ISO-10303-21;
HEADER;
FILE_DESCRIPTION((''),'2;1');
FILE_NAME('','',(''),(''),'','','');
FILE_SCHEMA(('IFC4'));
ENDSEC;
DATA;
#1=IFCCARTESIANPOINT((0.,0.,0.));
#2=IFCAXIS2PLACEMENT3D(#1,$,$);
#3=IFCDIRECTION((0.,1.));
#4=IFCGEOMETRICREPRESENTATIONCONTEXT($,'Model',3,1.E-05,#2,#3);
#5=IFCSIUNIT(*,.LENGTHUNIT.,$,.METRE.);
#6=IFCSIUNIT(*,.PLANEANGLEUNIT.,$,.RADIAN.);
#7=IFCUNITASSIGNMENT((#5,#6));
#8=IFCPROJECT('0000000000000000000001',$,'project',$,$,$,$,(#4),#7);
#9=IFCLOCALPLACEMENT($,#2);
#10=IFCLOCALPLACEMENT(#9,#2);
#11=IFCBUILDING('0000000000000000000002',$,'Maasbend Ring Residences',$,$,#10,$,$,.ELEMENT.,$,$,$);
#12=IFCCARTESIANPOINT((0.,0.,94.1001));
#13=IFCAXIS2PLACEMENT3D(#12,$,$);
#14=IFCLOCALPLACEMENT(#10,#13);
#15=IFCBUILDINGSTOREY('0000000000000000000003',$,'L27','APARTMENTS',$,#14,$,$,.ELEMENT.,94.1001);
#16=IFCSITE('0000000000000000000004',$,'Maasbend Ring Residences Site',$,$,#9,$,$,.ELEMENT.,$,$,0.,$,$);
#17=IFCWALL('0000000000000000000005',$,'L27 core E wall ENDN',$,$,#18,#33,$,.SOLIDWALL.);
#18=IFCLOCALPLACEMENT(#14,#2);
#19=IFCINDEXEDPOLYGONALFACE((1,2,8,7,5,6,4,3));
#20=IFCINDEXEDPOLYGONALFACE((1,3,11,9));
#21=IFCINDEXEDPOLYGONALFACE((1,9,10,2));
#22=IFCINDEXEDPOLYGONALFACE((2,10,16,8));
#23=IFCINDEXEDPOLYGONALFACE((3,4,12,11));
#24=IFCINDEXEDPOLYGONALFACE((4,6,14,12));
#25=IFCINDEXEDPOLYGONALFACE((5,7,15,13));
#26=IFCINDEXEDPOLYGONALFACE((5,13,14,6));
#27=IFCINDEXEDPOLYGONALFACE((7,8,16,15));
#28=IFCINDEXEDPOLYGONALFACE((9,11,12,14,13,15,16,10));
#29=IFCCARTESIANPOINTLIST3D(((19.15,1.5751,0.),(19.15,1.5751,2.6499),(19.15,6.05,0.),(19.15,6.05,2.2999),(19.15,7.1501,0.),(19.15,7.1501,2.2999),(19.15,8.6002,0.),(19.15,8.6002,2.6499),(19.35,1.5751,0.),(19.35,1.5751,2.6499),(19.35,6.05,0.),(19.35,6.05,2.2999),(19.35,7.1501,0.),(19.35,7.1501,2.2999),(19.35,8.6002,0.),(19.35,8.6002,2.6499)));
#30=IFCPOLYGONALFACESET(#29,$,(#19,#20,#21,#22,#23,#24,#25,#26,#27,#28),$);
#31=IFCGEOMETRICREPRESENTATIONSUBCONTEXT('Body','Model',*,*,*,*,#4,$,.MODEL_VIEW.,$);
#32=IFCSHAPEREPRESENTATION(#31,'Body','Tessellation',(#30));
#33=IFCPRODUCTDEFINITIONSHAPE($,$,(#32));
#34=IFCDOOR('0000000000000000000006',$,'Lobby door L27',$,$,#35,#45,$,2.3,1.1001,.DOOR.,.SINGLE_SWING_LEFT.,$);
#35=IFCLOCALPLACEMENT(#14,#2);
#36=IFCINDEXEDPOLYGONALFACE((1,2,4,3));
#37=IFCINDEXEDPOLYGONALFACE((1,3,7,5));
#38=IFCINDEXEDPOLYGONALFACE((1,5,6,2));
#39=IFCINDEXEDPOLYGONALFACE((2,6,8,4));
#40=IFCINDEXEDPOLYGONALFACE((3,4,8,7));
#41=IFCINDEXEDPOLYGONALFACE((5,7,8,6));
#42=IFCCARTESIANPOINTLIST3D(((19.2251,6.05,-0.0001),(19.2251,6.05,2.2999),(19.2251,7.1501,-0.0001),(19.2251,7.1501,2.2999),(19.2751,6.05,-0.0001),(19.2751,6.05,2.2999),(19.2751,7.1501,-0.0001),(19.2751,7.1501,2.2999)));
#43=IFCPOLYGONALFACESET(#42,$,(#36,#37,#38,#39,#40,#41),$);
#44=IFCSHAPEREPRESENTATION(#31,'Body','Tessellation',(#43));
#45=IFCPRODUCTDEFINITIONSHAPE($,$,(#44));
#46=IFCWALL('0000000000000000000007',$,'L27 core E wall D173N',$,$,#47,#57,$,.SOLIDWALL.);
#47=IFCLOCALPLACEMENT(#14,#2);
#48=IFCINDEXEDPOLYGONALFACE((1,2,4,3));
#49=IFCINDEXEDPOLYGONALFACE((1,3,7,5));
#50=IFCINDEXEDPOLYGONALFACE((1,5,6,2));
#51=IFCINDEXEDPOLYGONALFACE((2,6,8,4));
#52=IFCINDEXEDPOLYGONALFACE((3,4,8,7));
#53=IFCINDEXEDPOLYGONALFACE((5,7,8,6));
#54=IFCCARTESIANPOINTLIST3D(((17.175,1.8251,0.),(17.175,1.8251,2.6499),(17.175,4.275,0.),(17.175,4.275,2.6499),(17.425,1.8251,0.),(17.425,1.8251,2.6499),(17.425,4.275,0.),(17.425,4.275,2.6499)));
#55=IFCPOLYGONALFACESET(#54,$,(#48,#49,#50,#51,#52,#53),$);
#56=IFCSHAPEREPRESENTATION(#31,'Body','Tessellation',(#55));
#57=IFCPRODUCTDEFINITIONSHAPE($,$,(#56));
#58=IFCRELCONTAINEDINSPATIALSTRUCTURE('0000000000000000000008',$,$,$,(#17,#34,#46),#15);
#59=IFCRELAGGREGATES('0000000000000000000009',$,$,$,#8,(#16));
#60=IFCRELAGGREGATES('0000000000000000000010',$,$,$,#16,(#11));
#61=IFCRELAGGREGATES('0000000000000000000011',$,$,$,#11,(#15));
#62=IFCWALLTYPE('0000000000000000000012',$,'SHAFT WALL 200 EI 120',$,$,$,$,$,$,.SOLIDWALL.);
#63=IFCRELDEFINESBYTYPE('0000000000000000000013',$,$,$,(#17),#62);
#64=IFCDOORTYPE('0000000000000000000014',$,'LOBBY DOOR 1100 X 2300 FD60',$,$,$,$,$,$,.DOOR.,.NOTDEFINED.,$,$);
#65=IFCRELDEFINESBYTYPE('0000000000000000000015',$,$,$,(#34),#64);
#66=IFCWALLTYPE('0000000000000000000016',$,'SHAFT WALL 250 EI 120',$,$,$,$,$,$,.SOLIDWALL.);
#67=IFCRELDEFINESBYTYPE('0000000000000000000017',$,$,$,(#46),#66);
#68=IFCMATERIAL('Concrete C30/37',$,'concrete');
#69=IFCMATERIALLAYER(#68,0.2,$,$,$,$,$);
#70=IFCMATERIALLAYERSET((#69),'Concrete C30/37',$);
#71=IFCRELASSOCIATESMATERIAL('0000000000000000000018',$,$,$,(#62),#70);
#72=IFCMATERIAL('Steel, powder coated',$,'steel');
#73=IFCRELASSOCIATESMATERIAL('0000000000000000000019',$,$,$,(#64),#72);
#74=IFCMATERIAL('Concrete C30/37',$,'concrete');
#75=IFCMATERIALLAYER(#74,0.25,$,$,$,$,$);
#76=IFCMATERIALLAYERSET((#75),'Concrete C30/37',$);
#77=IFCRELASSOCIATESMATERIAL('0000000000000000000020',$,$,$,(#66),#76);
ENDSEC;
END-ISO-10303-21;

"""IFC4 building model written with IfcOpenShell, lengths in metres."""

from ifc_helpers import new_model, si_unit, direction, frame, frame_2d, origin, place, context, subcontext, project, spatial, rectangle, extrude, material, layer, layer_set, type_object, element, fill, save


model = new_model("IFC4")

# Units and contexts
model_context = context("Model", 3, precision=1e-05, world=origin(), true_north=direction((0.0, 1.0)))
body_context = subcontext(model_context, "Body", "Model", "MODEL_VIEW")
ifc_project = project(units=[si_unit("LENGTHUNIT", "METRE"), si_unit("PLANEANGLEUNIT", "RADIAN")], contexts=[model_context])

# Site, building, storey
site_placement = place(None, origin())
site = spatial("IfcSite", under=ifc_project, at=site_placement, Name="Maasbend Ring Residences Site", CompositionType="ELEMENT", RefElevation=0.0)
building_placement = place(site_placement, origin())
building = spatial("IfcBuilding", under=site, at=building_placement, Name="Maasbend Ring Residences", CompositionType="ELEMENT")
storey_placement = place(building_placement, frame((0.0, 0.0, 94.1001)))
storey = spatial("IfcBuildingStorey", under=building, at=storey_placement, Name="L27", Description="APARTMENTS", CompositionType="ELEMENT", Elevation=94.1001)

# Wall, opening, door
ifc_material_1 = material(Name="Concrete C30/37", Category="concrete")
ifc_layer_1 = layer(ifc_material_1, 0.2)
ifc_layer_set_1 = layer_set([ifc_layer_1], Name="Concrete C30/37")
wall_type_1 = type_object("IfcWallType", Name="SHAFT WALL 200 EI 120", PredefinedType="SOLIDWALL", material=ifc_layer_set_1)
wall_1_placement = place(storey_placement, frame((19.25, 1.575, 0.0), z_axis=(0.0, 0.0, 1.0), x_axis=(0.0, 1.0, 0.0)))
wall_1 = element("IfcWall", 1, at=wall_1_placement, inside=storey, type_object=wall_type_1, Name="L27 core E wall ENDN", PredefinedType="SOLIDWALL", context=body_context, shape_type="SweptSolid", body=[
    extrude(rectangle(XDim=7.0251, YDim=0.2, at=frame_2d((3.5127, 0.0))), origin(), (0.0, 0.0, 1.0), 2.6499),
])
opening_1_placement = place(wall_1_placement, frame((4.4751, 0.0, 0.0)))
opening_1 = element("IfcOpeningElement", 2, at=opening_1_placement, cuts=wall_1, PredefinedType="OPENING", context=body_context, shape_type="SweptSolid", body=[
    extrude(rectangle(XDim=1.1001, YDim=2.3, at=frame_2d((0.55, 1.1499))), frame((0.0, 0.1099, 0.0), z_axis=(0.0, -1.0, 0.0), x_axis=(1.0, 0.0, 0.0)), (0.0, 0.0, 1.0), 0.22),
])
ifc_material_2 = material(Name="Steel, powder coated", Category="steel")
door_type_1 = type_object("IfcDoorType", Name="LOBBY DOOR 1100 X 2300 FD60", OperationType="NOTDEFINED", PredefinedType="DOOR", material=ifc_material_2)
door_1_placement = place(opening_1_placement, origin())
door_1 = element("IfcDoor", 3, at=door_1_placement, inside=storey, type_object=door_type_1, Name="Lobby door L27", OperationType="SINGLE_SWING_LEFT", OverallHeight=2.3, OverallWidth=1.1001, PredefinedType="DOOR", context=body_context, shape_type="SweptSolid", body=[
    extrude(rectangle(XDim=1.1001, YDim=2.3, at=frame_2d((0.55, 1.1499))), frame((0.0, 0.0249, 0.0), z_axis=(0.0, -1.0, 0.0), x_axis=(1.0, 0.0, 0.0)), (0.0, 0.0, 1.0), 0.05),
])
fill(opening_1, door_1)

# Wall
ifc_material_3 = material(Name="Concrete C30/37", Category="concrete")
ifc_layer_2 = layer(ifc_material_3, 0.25)
ifc_layer_set_2 = layer_set([ifc_layer_2], Name="Concrete C30/37")
wall_type_2 = type_object("IfcWallType", Name="SHAFT WALL 250 EI 120", PredefinedType="SOLIDWALL", material=ifc_layer_set_2)
wall_2_placement = place(storey_placement, frame((17.3, 1.825, 0.0), z_axis=(0.0, 0.0, 1.0), x_axis=(0.0, 1.0, 0.0)))
element("IfcWall", 4, at=wall_2_placement, inside=storey, type_object=wall_type_2, Name="L27 core E wall D173N", PredefinedType="SOLIDWALL", context=body_context, shape_type="SweptSolid", body=[
    extrude(rectangle(XDim=2.45, YDim=0.25, at=frame_2d((1.2251, 0.0))), origin(), (0.0, 0.0, 1.0), 2.6499),
])

save(model, "model.ifc")
